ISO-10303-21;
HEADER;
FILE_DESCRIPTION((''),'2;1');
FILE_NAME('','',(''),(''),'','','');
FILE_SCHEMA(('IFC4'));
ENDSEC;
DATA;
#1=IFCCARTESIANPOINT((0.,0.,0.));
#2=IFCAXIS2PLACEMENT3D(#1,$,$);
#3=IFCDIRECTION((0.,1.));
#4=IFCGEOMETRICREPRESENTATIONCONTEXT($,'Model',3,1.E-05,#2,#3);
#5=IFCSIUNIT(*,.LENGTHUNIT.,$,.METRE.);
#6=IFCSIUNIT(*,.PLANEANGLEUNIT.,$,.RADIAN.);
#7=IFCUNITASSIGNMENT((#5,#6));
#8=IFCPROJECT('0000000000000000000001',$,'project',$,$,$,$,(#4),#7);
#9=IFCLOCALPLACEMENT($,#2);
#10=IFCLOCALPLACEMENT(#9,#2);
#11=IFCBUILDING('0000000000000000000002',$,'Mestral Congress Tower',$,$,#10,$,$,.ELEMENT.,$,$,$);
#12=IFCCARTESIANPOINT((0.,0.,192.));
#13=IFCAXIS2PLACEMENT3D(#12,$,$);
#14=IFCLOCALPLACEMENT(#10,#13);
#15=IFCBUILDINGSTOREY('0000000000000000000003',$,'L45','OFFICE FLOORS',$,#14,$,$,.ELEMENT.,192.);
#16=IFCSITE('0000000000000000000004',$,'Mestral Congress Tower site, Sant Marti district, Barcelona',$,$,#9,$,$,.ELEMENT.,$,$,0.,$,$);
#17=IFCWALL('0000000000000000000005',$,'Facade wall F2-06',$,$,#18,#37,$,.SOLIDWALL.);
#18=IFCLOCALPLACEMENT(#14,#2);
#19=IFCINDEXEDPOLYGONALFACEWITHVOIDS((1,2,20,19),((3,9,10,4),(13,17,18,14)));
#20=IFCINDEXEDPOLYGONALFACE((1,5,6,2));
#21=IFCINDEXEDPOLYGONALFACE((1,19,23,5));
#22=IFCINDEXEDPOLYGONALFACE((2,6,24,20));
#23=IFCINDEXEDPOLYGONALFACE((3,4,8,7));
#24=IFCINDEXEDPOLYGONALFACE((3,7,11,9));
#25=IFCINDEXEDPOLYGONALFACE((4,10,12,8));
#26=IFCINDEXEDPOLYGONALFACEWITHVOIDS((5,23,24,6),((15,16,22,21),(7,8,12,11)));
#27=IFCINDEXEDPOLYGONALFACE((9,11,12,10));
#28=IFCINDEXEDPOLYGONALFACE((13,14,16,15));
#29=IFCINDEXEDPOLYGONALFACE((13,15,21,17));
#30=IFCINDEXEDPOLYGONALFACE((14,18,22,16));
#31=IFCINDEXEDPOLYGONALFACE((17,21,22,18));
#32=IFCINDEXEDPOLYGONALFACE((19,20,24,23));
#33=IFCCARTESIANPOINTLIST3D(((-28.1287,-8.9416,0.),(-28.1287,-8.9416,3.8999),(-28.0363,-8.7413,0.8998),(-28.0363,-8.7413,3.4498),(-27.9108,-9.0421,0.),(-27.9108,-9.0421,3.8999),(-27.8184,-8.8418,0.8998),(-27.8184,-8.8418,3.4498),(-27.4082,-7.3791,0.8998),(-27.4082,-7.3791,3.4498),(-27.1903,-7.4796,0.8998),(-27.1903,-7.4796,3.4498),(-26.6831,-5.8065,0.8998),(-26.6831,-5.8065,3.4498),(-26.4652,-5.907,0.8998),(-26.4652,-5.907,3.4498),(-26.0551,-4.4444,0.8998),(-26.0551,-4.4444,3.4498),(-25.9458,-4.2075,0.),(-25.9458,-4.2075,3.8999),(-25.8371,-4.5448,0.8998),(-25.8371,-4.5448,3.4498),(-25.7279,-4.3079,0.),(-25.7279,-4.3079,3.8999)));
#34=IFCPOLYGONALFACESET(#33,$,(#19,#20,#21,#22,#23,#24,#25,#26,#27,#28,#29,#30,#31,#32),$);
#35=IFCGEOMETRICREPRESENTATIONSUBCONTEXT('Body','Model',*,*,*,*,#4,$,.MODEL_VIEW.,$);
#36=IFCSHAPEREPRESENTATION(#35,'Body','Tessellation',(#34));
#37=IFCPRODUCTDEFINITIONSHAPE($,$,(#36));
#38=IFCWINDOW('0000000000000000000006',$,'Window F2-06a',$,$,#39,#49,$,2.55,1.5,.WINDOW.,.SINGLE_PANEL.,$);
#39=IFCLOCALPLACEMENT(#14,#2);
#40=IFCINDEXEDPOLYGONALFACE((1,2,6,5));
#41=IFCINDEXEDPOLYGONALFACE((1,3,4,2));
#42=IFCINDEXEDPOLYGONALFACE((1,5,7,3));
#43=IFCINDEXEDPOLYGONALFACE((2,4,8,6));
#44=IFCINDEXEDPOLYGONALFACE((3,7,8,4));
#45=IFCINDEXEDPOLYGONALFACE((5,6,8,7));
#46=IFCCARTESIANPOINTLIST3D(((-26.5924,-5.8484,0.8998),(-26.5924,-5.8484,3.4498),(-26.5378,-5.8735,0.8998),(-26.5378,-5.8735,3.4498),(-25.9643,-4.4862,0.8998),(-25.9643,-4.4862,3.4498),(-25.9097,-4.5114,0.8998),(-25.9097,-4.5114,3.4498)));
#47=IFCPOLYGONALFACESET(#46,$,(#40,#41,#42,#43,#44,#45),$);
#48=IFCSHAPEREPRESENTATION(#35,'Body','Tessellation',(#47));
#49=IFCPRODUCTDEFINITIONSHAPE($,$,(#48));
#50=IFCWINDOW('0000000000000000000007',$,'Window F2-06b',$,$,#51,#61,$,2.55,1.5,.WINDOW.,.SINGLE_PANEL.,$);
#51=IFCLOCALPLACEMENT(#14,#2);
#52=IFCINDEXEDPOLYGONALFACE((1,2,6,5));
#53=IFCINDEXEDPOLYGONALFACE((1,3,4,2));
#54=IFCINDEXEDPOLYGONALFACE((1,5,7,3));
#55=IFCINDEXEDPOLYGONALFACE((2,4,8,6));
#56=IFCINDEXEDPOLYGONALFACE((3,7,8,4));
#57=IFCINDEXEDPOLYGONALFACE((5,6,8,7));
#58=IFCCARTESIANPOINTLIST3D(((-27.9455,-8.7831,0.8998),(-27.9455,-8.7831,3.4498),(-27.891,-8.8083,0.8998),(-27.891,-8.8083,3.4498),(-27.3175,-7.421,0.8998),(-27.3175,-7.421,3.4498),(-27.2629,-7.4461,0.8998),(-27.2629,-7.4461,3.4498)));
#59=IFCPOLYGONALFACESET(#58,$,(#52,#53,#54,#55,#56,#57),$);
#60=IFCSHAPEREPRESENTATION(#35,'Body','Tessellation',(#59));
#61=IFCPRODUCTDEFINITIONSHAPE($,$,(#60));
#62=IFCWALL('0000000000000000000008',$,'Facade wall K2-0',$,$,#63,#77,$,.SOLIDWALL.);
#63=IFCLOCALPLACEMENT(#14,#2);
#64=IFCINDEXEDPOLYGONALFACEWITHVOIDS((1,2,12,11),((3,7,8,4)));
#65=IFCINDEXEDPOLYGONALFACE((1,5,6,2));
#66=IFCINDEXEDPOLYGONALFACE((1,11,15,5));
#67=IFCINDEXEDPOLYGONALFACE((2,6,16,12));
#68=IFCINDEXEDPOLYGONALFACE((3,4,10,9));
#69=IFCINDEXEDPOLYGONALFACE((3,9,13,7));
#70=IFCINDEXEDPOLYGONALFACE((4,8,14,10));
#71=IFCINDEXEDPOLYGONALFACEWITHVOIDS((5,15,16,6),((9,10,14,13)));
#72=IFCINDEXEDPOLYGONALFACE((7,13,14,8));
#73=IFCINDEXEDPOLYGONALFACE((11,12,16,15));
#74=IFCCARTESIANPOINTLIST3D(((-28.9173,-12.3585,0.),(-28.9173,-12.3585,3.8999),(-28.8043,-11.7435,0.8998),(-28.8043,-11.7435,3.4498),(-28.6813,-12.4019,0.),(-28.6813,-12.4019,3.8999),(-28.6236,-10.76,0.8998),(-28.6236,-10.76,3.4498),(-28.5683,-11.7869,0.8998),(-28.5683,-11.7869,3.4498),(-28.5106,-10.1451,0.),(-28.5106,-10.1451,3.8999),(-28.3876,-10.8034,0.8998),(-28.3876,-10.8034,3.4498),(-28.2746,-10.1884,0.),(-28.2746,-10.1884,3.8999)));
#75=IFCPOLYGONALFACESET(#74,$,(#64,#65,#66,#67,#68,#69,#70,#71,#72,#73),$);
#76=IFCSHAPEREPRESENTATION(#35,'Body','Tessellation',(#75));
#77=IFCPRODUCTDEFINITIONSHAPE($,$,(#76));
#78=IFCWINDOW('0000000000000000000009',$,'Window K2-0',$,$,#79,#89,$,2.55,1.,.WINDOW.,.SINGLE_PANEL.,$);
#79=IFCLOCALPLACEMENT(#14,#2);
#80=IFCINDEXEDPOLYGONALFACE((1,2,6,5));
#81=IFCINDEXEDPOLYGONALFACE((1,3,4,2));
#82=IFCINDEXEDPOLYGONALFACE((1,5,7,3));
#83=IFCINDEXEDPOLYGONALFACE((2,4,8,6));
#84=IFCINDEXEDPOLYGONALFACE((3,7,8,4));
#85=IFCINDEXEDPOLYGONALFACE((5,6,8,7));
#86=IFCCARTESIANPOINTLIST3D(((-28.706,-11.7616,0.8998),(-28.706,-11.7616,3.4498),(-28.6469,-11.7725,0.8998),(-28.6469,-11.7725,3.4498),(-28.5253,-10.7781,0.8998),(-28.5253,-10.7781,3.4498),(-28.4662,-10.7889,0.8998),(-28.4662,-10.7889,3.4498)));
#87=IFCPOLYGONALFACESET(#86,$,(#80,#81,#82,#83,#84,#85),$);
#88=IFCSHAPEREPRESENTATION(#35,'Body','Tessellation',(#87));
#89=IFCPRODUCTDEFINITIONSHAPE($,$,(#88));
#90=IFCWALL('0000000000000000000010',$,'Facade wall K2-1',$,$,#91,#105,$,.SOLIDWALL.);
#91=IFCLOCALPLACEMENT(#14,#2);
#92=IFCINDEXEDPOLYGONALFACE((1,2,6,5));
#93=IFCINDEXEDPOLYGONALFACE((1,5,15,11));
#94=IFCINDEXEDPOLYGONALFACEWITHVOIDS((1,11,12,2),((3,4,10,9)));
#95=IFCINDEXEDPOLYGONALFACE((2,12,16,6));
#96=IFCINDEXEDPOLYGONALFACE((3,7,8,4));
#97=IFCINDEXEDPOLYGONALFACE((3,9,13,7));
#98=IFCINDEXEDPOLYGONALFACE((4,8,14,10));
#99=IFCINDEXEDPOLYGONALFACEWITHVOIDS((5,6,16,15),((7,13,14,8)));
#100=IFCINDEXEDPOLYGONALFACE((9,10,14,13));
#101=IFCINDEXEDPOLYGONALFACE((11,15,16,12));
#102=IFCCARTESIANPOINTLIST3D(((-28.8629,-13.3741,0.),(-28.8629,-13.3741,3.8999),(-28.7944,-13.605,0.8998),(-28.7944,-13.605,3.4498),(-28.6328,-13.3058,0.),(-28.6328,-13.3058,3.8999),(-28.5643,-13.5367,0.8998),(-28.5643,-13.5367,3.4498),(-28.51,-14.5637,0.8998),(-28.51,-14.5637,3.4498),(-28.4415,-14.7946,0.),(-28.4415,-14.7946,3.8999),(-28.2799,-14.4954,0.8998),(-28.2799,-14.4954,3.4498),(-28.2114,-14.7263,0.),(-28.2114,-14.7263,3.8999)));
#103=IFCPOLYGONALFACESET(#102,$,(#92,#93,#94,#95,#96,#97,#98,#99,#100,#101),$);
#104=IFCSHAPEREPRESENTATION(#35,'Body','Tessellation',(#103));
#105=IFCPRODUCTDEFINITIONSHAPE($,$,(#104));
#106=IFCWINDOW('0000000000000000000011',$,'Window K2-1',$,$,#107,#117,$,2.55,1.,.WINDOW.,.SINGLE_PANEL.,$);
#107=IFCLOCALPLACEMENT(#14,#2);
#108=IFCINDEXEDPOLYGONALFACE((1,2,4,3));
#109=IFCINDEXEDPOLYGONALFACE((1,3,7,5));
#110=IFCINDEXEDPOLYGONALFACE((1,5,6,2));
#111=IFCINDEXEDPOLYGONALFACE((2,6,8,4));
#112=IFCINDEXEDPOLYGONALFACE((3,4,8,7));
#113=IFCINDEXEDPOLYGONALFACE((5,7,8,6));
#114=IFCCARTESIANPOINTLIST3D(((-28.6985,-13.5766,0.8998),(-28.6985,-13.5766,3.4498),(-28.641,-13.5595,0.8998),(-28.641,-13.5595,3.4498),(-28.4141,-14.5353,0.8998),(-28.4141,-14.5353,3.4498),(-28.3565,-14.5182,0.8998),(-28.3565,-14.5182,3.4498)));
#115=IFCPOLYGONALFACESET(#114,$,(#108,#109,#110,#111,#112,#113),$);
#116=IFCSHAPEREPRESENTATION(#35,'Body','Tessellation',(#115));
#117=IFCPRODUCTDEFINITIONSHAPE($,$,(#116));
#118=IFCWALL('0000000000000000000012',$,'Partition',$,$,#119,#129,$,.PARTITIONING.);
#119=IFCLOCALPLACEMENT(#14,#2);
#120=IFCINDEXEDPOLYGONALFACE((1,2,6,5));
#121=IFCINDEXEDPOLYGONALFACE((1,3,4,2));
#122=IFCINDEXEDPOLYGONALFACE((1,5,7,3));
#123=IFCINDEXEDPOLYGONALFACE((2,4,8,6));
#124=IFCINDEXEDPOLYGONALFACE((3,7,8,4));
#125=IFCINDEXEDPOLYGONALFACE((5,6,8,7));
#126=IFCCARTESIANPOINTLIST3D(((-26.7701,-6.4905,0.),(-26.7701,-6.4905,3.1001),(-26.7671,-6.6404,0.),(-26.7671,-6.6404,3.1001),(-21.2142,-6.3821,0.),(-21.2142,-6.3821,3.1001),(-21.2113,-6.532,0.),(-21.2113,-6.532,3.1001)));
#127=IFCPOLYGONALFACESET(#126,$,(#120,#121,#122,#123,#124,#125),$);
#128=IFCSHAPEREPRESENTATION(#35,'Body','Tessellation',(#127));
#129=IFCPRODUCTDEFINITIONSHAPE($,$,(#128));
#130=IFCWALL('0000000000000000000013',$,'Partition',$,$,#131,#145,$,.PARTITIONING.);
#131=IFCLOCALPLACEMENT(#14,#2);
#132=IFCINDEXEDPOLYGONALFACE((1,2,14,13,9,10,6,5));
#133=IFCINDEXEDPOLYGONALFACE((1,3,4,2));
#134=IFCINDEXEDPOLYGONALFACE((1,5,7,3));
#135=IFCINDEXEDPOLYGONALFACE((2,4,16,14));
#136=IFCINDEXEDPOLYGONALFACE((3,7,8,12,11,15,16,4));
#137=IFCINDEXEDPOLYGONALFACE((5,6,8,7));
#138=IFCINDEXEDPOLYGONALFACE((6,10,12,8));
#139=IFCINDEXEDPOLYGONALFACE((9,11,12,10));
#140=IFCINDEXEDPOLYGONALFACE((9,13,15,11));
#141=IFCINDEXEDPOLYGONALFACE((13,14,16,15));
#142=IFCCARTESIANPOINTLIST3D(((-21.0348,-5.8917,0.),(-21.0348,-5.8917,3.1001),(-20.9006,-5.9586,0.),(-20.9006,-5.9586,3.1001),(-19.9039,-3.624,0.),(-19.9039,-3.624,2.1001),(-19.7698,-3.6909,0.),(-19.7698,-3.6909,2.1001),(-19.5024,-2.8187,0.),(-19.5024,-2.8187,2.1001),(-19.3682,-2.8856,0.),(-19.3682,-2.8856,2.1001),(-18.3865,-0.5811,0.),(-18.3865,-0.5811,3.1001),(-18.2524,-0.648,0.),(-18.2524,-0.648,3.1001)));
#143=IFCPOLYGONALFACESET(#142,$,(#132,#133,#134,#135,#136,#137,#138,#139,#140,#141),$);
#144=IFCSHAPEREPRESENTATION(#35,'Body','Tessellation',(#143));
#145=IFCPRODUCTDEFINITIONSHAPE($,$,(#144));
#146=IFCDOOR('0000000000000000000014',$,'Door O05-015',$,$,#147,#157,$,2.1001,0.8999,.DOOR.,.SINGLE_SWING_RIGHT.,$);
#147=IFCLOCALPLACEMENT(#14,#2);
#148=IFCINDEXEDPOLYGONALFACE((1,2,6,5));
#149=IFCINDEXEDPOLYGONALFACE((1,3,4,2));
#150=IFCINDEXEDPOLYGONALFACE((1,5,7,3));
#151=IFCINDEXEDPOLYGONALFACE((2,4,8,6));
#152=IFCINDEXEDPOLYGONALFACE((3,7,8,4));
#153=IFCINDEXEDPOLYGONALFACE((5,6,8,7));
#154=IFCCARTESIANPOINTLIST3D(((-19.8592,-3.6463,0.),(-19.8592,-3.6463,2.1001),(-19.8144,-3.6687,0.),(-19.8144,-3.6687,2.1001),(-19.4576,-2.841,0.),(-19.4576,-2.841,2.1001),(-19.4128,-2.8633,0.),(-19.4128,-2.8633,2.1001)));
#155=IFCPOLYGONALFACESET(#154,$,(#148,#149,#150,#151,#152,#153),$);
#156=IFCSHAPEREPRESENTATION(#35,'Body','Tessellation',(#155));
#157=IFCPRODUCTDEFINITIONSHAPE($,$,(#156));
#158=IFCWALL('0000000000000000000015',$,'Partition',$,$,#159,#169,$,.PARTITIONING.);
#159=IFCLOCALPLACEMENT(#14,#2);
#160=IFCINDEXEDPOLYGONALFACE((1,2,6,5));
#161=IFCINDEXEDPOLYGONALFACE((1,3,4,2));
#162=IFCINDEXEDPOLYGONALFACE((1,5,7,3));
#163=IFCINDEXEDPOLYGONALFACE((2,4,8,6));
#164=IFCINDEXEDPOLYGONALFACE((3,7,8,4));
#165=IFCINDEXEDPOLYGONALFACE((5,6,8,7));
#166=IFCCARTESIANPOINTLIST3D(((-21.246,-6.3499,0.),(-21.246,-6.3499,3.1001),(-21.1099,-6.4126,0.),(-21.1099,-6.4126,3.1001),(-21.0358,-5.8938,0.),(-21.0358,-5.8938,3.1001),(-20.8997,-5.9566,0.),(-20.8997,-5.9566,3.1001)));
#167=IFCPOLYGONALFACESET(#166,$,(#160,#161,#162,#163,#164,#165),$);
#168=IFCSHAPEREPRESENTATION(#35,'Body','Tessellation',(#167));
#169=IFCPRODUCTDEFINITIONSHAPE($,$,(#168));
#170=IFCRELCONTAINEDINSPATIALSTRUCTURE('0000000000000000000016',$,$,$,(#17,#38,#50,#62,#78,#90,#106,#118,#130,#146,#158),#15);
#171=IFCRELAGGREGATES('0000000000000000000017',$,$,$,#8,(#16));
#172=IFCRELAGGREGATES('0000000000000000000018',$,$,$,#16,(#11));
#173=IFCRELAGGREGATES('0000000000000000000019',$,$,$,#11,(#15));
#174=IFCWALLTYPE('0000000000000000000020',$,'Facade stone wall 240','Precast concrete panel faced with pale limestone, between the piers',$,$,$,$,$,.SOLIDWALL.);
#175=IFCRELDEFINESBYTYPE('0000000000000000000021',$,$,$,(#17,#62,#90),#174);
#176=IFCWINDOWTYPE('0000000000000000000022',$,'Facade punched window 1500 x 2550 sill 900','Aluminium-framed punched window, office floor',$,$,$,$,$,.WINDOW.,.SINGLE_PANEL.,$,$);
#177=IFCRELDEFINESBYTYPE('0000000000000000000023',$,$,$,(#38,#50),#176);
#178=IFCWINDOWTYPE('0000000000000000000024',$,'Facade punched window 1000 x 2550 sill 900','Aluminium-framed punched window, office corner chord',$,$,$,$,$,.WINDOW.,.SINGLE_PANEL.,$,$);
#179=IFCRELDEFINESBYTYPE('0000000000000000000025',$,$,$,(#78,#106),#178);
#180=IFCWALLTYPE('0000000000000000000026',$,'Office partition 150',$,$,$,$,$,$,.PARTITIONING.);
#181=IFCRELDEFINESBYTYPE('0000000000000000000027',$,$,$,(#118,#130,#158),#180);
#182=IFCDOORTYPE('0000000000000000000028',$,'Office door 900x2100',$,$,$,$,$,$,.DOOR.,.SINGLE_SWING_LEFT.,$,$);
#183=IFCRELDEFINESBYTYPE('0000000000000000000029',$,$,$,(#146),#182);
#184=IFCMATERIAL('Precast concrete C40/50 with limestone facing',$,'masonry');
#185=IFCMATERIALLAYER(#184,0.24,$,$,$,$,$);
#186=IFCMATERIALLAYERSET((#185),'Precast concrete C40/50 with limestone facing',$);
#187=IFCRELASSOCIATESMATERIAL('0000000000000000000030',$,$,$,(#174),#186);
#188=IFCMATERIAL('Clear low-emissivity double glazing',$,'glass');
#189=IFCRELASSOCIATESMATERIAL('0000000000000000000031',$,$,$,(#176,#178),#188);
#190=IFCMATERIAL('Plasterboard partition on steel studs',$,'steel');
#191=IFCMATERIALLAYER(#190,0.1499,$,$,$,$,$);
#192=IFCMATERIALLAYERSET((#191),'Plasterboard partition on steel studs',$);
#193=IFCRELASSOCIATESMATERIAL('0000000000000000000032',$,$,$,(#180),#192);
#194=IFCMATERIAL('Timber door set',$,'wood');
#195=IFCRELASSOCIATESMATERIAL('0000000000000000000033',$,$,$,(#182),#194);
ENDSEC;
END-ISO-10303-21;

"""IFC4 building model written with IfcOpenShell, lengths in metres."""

from ifc_helpers import new_model, si_unit, direction, frame, frame_2d, origin, place, context, subcontext, project, spatial, rectangle, extrude, material, layer, layer_set, type_object, element, fill, save


model = new_model("IFC4")

# Units and contexts
model_context = context("Model", 3, precision=1e-05, world=origin(), true_north=direction((0.0, 1.0)))
body_context = subcontext(model_context, "Body", "Model", "MODEL_VIEW")
ifc_project = project(units=[si_unit("LENGTHUNIT", "METRE"), si_unit("PLANEANGLEUNIT", "RADIAN")], contexts=[model_context])

# Site, building, storey
site_placement = place(None, origin())
site = spatial("IfcSite", under=ifc_project, at=site_placement, Name="Mestral Congress Tower site, Sant Marti district, Barcelona", CompositionType="ELEMENT", RefElevation=0.0)
building_placement = place(site_placement, origin())
building = spatial("IfcBuilding", under=site, at=building_placement, Name="Mestral Congress Tower", CompositionType="ELEMENT")
storey_placement = place(building_placement, frame((0.0, 0.0, 192.0)))
storey = spatial("IfcBuildingStorey", under=building, at=storey_placement, Name="L45", Description="OFFICE FLOORS", CompositionType="ELEMENT", Elevation=192.0)

# Wall, openings, windows
ifc_material_1 = material(Name="Precast concrete C40/50 with limestone facing", Category="masonry")
ifc_layer_1 = layer(ifc_material_1, 0.24)
ifc_layer_set_1 = layer_set([ifc_layer_1], Name="Precast concrete C40/50 with limestone facing")
wall_type_1 = type_object("IfcWallType", Name="Facade stone wall 240", Description="Precast concrete panel faced with pale limestone, between the piers", PredefinedType="SOLIDWALL", material=ifc_layer_set_1)
wall_1_placement = place(storey_placement, frame((-25.8369, -4.2578, 0.0), z_axis=(0.0, 0.0, 1.0), x_axis=(-0.418723, -0.908114, 0.0)))
wall_1 = element("IfcWall", 1, at=wall_1_placement, inside=storey, type_object=wall_type_1, Name="Facade wall F2-06", PredefinedType="SOLIDWALL", context=body_context, shape_type="SweptSolid", body=[
    extrude(rectangle(XDim=5.2131, YDim=0.24, at=frame_2d((2.6064, 0.0))), origin(), (0.0, 0.0, 1.0), 3.8999),
])
opening_1_placement = place(wall_1_placement, frame((0.2607, 0.0, 0.8999)))
opening_1 = element("IfcOpeningElement", 2, at=opening_1_placement, cuts=wall_1, PredefinedType="OPENING", context=body_context, shape_type="SweptSolid", body=[
    extrude(rectangle(XDim=1.5, YDim=2.55, at=frame_2d((0.75, 1.2749))), frame((0.0, 0.1299, 0.0), z_axis=(0.0, -1.0, 0.0), x_axis=(1.0, 0.0, 0.0)), (0.0, 0.0, 1.0), 0.26),
])
opening_2_placement = place(wall_1_placement, frame((3.4924, 0.0, 0.8999)))
opening_2 = element("IfcOpeningElement", 3, at=opening_2_placement, cuts=wall_1, PredefinedType="OPENING", context=body_context, shape_type="SweptSolid", body=[
    extrude(rectangle(XDim=1.5, YDim=2.55, at=frame_2d((0.75, 1.2749))), frame((0.0, 0.1299, 0.0), z_axis=(0.0, -1.0, 0.0), x_axis=(1.0, 0.0, 0.0)), (0.0, 0.0, 1.0), 0.26),
])
ifc_material_2 = material(Name="Clear low-emissivity double glazing", Category="glass")
window_type_1 = type_object("IfcWindowType", Name="Facade punched window 1500 x 2550 sill 900", Description="Aluminium-framed punched window, office floor", PartitioningType="SINGLE_PANEL", PredefinedType="WINDOW", material=ifc_material_2)
window_1_placement = place(opening_1_placement, origin())
window_1 = element("IfcWindow", 4, at=window_1_placement, inside=storey, type_object=window_type_1, Name="Window F2-06a", OverallHeight=2.55, OverallWidth=1.5, PartitioningType="SINGLE_PANEL", PredefinedType="WINDOW", context=body_context, shape_type="SweptSolid", body=[
    extrude(rectangle(XDim=1.5, YDim=2.55, at=frame_2d((0.75, 1.2749))), frame((0.0, 0.04, 0.0), z_axis=(0.0, -1.0, 0.0), x_axis=(1.0, 0.0, 0.0)), (0.0, 0.0, 1.0), 0.0601),
])
fill(opening_1, window_1)
window_2_placement = place(opening_2_placement, origin())
window_2 = element("IfcWindow", 5, at=window_2_placement, inside=storey, type_object=window_type_1, Name="Window F2-06b", OverallHeight=2.55, OverallWidth=1.5, PartitioningType="SINGLE_PANEL", PredefinedType="WINDOW", context=body_context, shape_type="SweptSolid", body=[
    extrude(rectangle(XDim=1.5, YDim=2.55, at=frame_2d((0.75, 1.2749))), frame((0.0, 0.04, 0.0), z_axis=(0.0, -1.0, 0.0), x_axis=(1.0, 0.0, 0.0)), (0.0, 0.0, 1.0), 0.0601),
])
fill(opening_2, window_2)

# Walls, openings, windows
wall_2_placement = place(storey_placement, frame((-28.3926, -10.1667, 0.0), z_axis=(0.0, 0.0, 1.0), x_axis=(-0.180737, -0.983531, 0.0)))
wall_2 = element("IfcWall", 6, at=wall_2_placement, inside=storey, type_object=wall_type_1, Name="Facade wall K2-0", PredefinedType="SOLIDWALL", context=body_context, shape_type="SweptSolid", body=[
    extrude(rectangle(XDim=2.2505, YDim=0.24, at=frame_2d((1.1252, 0.0))), origin(), (0.0, 0.0, 1.0), 3.8999),
])
opening_3_placement = place(wall_2_placement, frame((0.6252, 0.0, 0.8999)))
opening_3 = element("IfcOpeningElement", 7, at=opening_3_placement, cuts=wall_2, PredefinedType="OPENING", context=body_context, shape_type="SweptSolid", body=[
    extrude(rectangle(XDim=1.0, YDim=2.55, at=frame_2d((0.5, 1.2749))), frame((0.0, 0.1299, 0.0), z_axis=(0.0, -1.0, 0.0), x_axis=(1.0, 0.0, 0.0)), (0.0, 0.0, 1.0), 0.26),
])
window_type_2 = type_object("IfcWindowType", Name="Facade punched window 1000 x 2550 sill 900", Description="Aluminium-framed punched window, office corner chord", PartitioningType="SINGLE_PANEL", PredefinedType="WINDOW", material=ifc_material_2)
window_3_placement = place(opening_3_placement, origin())
window_3 = element("IfcWindow", 8, at=window_3_placement, inside=storey, type_object=window_type_2, Name="Window K2-0", OverallHeight=2.55, OverallWidth=1.0, PartitioningType="SINGLE_PANEL", PredefinedType="WINDOW", context=body_context, shape_type="SweptSolid", body=[
    extrude(rectangle(XDim=1.0, YDim=2.55, at=frame_2d((0.5, 1.2749))), frame((0.0, 0.04, 0.0), z_axis=(0.0, -1.0, 0.0), x_axis=(1.0, 0.0, 0.0)), (0.0, 0.0, 1.0), 0.0601),
])
fill(opening_3, window_3)
wall_3_placement = place(storey_placement, frame((-28.7478, -13.3401, 0.0), z_axis=(0.0, 0.0, 1.0), x_axis=(0.284414, -0.958702, 0.0)))
wall_3 = element("IfcWall", 9, at=wall_3_placement, inside=storey, type_object=wall_type_1, Name="Facade wall K2-1", PredefinedType="SOLIDWALL", context=body_context, shape_type="SweptSolid", body=[
    extrude(rectangle(XDim=1.4817, YDim=0.24, at=frame_2d((0.7407, 0.0))), origin(), (0.0, 0.0, 1.0), 3.8999),
])
opening_4_placement = place(wall_3_placement, frame((0.2407, 0.0, 0.8999)))
opening_4 = element("IfcOpeningElement", 10, at=opening_4_placement, cuts=wall_3, PredefinedType="OPENING", context=body_context, shape_type="SweptSolid", body=[
    extrude(rectangle(XDim=1.0, YDim=2.55, at=frame_2d((0.5, 1.2749))), frame((0.0, 0.1299, 0.0), z_axis=(0.0, -1.0, 0.0), x_axis=(1.0, 0.0, 0.0)), (0.0, 0.0, 1.0), 0.26),
])
window_4_placement = place(opening_4_placement, origin())
window_4 = element("IfcWindow", 11, at=window_4_placement, inside=storey, type_object=window_type_2, Name="Window K2-1", OverallHeight=2.55, OverallWidth=1.0, PartitioningType="SINGLE_PANEL", PredefinedType="WINDOW", context=body_context, shape_type="SweptSolid", body=[
    extrude(rectangle(XDim=1.0, YDim=2.55, at=frame_2d((0.5, 1.2749))), frame((0.0, 0.04, 0.0), z_axis=(0.0, -1.0, 0.0), x_axis=(1.0, 0.0, 0.0)), (0.0, 0.0, 1.0), 0.0601),
])
fill(opening_4, window_4)

# Wall
ifc_material_3 = material(Name="Plasterboard partition on steel studs", Category="steel")
ifc_layer_2 = layer(ifc_material_3, 0.1499)
ifc_layer_set_2 = layer_set([ifc_layer_2], Name="Plasterboard partition on steel studs")
wall_type_2 = type_object("IfcWallType", Name="Office partition 150", PredefinedType="PARTITIONING", material=ifc_layer_set_2)
wall_4_placement = place(storey_placement, frame((-21.2129, -6.457, 0.0), z_axis=(0.0, 0.0, 1.0), x_axis=(-0.99981, -0.019507, 0.0)))
element("IfcWall", 12, at=wall_4_placement, inside=storey, type_object=wall_type_2, Name="Partition", PredefinedType="PARTITIONING", context=body_context, shape_type="SweptSolid", body=[
    extrude(rectangle(XDim=5.5569, YDim=0.1499, at=frame_2d((2.7783, 0.0))), origin(), (0.0, 0.0, 1.0), 3.1001),
])

# Wall, opening, door
wall_5_placement = place(storey_placement, frame((-20.9678, -5.9253, 0.0), z_axis=(0.0, 0.0, 1.0), x_axis=(0.446259, 0.894904, 0.0)))
wall_5 = element("IfcWall", 13, at=wall_5_placement, inside=storey, type_object=wall_type_2, Name="Partition", PredefinedType="PARTITIONING", context=body_context, shape_type="SweptSolid", body=[
    extrude(rectangle(XDim=5.9343, YDim=0.1499, at=frame_2d((2.9673, 0.0))), origin(), (0.0, 0.0, 1.0), 3.1001),
])
opening_5_placement = place(wall_5_placement, frame((2.5342, 0.0, 0.0)))
opening_5 = element("IfcOpeningElement", 14, at=opening_5_placement, cuts=wall_5, PredefinedType="OPENING", context=body_context, shape_type="SweptSolid", body=[
    extrude(rectangle(XDim=0.8999, YDim=2.1001, at=frame_2d((0.45, 1.05))), frame((0.0, 0.085, 0.0), z_axis=(0.0, -1.0, 0.0), x_axis=(1.0, 0.0, 0.0)), (0.0, 0.0, 1.0), 0.1699),
])
ifc_material_4 = material(Name="Timber door set", Category="wood")
door_type_1 = type_object("IfcDoorType", Name="Office door 900x2100", OperationType="SINGLE_SWING_LEFT", PredefinedType="DOOR", material=ifc_material_4)
door_1_placement = place(opening_5_placement, origin())
door_1 = element("IfcDoor", 15, at=door_1_placement, inside=storey, type_object=door_type_1, Name="Door O05-015", OperationType="SINGLE_SWING_RIGHT", OverallHeight=2.1001, OverallWidth=0.8999, PredefinedType="DOOR", context=body_context, shape_type="SweptSolid", body=[
    extrude(rectangle(XDim=0.8999, YDim=2.1001, at=frame_2d((0.45, 1.05))), frame((0.0, 0.0249, 0.0), z_axis=(0.0, -1.0, 0.0), x_axis=(1.0, 0.0, 0.0)), (0.0, 0.0, 1.0), 0.05),
])
fill(opening_5, door_1)

# Wall
wall_6_placement = place(storey_placement, frame((-20.9678, -5.9253, 0.0), z_axis=(0.0, 0.0, 1.0), x_axis=(-0.418596, -0.908173, 0.0)))
element("IfcWall", 16, at=wall_6_placement, inside=storey, type_object=wall_type_2, Name="Partition", PredefinedType="PARTITIONING", context=body_context, shape_type="SweptSolid", body=[
    extrude(rectangle(XDim=0.5022, YDim=0.1499, at=frame_2d((0.251, 0.0))), origin(), (0.0, 0.0, 1.0), 3.1001),
])

save(model, "model.ifc")
